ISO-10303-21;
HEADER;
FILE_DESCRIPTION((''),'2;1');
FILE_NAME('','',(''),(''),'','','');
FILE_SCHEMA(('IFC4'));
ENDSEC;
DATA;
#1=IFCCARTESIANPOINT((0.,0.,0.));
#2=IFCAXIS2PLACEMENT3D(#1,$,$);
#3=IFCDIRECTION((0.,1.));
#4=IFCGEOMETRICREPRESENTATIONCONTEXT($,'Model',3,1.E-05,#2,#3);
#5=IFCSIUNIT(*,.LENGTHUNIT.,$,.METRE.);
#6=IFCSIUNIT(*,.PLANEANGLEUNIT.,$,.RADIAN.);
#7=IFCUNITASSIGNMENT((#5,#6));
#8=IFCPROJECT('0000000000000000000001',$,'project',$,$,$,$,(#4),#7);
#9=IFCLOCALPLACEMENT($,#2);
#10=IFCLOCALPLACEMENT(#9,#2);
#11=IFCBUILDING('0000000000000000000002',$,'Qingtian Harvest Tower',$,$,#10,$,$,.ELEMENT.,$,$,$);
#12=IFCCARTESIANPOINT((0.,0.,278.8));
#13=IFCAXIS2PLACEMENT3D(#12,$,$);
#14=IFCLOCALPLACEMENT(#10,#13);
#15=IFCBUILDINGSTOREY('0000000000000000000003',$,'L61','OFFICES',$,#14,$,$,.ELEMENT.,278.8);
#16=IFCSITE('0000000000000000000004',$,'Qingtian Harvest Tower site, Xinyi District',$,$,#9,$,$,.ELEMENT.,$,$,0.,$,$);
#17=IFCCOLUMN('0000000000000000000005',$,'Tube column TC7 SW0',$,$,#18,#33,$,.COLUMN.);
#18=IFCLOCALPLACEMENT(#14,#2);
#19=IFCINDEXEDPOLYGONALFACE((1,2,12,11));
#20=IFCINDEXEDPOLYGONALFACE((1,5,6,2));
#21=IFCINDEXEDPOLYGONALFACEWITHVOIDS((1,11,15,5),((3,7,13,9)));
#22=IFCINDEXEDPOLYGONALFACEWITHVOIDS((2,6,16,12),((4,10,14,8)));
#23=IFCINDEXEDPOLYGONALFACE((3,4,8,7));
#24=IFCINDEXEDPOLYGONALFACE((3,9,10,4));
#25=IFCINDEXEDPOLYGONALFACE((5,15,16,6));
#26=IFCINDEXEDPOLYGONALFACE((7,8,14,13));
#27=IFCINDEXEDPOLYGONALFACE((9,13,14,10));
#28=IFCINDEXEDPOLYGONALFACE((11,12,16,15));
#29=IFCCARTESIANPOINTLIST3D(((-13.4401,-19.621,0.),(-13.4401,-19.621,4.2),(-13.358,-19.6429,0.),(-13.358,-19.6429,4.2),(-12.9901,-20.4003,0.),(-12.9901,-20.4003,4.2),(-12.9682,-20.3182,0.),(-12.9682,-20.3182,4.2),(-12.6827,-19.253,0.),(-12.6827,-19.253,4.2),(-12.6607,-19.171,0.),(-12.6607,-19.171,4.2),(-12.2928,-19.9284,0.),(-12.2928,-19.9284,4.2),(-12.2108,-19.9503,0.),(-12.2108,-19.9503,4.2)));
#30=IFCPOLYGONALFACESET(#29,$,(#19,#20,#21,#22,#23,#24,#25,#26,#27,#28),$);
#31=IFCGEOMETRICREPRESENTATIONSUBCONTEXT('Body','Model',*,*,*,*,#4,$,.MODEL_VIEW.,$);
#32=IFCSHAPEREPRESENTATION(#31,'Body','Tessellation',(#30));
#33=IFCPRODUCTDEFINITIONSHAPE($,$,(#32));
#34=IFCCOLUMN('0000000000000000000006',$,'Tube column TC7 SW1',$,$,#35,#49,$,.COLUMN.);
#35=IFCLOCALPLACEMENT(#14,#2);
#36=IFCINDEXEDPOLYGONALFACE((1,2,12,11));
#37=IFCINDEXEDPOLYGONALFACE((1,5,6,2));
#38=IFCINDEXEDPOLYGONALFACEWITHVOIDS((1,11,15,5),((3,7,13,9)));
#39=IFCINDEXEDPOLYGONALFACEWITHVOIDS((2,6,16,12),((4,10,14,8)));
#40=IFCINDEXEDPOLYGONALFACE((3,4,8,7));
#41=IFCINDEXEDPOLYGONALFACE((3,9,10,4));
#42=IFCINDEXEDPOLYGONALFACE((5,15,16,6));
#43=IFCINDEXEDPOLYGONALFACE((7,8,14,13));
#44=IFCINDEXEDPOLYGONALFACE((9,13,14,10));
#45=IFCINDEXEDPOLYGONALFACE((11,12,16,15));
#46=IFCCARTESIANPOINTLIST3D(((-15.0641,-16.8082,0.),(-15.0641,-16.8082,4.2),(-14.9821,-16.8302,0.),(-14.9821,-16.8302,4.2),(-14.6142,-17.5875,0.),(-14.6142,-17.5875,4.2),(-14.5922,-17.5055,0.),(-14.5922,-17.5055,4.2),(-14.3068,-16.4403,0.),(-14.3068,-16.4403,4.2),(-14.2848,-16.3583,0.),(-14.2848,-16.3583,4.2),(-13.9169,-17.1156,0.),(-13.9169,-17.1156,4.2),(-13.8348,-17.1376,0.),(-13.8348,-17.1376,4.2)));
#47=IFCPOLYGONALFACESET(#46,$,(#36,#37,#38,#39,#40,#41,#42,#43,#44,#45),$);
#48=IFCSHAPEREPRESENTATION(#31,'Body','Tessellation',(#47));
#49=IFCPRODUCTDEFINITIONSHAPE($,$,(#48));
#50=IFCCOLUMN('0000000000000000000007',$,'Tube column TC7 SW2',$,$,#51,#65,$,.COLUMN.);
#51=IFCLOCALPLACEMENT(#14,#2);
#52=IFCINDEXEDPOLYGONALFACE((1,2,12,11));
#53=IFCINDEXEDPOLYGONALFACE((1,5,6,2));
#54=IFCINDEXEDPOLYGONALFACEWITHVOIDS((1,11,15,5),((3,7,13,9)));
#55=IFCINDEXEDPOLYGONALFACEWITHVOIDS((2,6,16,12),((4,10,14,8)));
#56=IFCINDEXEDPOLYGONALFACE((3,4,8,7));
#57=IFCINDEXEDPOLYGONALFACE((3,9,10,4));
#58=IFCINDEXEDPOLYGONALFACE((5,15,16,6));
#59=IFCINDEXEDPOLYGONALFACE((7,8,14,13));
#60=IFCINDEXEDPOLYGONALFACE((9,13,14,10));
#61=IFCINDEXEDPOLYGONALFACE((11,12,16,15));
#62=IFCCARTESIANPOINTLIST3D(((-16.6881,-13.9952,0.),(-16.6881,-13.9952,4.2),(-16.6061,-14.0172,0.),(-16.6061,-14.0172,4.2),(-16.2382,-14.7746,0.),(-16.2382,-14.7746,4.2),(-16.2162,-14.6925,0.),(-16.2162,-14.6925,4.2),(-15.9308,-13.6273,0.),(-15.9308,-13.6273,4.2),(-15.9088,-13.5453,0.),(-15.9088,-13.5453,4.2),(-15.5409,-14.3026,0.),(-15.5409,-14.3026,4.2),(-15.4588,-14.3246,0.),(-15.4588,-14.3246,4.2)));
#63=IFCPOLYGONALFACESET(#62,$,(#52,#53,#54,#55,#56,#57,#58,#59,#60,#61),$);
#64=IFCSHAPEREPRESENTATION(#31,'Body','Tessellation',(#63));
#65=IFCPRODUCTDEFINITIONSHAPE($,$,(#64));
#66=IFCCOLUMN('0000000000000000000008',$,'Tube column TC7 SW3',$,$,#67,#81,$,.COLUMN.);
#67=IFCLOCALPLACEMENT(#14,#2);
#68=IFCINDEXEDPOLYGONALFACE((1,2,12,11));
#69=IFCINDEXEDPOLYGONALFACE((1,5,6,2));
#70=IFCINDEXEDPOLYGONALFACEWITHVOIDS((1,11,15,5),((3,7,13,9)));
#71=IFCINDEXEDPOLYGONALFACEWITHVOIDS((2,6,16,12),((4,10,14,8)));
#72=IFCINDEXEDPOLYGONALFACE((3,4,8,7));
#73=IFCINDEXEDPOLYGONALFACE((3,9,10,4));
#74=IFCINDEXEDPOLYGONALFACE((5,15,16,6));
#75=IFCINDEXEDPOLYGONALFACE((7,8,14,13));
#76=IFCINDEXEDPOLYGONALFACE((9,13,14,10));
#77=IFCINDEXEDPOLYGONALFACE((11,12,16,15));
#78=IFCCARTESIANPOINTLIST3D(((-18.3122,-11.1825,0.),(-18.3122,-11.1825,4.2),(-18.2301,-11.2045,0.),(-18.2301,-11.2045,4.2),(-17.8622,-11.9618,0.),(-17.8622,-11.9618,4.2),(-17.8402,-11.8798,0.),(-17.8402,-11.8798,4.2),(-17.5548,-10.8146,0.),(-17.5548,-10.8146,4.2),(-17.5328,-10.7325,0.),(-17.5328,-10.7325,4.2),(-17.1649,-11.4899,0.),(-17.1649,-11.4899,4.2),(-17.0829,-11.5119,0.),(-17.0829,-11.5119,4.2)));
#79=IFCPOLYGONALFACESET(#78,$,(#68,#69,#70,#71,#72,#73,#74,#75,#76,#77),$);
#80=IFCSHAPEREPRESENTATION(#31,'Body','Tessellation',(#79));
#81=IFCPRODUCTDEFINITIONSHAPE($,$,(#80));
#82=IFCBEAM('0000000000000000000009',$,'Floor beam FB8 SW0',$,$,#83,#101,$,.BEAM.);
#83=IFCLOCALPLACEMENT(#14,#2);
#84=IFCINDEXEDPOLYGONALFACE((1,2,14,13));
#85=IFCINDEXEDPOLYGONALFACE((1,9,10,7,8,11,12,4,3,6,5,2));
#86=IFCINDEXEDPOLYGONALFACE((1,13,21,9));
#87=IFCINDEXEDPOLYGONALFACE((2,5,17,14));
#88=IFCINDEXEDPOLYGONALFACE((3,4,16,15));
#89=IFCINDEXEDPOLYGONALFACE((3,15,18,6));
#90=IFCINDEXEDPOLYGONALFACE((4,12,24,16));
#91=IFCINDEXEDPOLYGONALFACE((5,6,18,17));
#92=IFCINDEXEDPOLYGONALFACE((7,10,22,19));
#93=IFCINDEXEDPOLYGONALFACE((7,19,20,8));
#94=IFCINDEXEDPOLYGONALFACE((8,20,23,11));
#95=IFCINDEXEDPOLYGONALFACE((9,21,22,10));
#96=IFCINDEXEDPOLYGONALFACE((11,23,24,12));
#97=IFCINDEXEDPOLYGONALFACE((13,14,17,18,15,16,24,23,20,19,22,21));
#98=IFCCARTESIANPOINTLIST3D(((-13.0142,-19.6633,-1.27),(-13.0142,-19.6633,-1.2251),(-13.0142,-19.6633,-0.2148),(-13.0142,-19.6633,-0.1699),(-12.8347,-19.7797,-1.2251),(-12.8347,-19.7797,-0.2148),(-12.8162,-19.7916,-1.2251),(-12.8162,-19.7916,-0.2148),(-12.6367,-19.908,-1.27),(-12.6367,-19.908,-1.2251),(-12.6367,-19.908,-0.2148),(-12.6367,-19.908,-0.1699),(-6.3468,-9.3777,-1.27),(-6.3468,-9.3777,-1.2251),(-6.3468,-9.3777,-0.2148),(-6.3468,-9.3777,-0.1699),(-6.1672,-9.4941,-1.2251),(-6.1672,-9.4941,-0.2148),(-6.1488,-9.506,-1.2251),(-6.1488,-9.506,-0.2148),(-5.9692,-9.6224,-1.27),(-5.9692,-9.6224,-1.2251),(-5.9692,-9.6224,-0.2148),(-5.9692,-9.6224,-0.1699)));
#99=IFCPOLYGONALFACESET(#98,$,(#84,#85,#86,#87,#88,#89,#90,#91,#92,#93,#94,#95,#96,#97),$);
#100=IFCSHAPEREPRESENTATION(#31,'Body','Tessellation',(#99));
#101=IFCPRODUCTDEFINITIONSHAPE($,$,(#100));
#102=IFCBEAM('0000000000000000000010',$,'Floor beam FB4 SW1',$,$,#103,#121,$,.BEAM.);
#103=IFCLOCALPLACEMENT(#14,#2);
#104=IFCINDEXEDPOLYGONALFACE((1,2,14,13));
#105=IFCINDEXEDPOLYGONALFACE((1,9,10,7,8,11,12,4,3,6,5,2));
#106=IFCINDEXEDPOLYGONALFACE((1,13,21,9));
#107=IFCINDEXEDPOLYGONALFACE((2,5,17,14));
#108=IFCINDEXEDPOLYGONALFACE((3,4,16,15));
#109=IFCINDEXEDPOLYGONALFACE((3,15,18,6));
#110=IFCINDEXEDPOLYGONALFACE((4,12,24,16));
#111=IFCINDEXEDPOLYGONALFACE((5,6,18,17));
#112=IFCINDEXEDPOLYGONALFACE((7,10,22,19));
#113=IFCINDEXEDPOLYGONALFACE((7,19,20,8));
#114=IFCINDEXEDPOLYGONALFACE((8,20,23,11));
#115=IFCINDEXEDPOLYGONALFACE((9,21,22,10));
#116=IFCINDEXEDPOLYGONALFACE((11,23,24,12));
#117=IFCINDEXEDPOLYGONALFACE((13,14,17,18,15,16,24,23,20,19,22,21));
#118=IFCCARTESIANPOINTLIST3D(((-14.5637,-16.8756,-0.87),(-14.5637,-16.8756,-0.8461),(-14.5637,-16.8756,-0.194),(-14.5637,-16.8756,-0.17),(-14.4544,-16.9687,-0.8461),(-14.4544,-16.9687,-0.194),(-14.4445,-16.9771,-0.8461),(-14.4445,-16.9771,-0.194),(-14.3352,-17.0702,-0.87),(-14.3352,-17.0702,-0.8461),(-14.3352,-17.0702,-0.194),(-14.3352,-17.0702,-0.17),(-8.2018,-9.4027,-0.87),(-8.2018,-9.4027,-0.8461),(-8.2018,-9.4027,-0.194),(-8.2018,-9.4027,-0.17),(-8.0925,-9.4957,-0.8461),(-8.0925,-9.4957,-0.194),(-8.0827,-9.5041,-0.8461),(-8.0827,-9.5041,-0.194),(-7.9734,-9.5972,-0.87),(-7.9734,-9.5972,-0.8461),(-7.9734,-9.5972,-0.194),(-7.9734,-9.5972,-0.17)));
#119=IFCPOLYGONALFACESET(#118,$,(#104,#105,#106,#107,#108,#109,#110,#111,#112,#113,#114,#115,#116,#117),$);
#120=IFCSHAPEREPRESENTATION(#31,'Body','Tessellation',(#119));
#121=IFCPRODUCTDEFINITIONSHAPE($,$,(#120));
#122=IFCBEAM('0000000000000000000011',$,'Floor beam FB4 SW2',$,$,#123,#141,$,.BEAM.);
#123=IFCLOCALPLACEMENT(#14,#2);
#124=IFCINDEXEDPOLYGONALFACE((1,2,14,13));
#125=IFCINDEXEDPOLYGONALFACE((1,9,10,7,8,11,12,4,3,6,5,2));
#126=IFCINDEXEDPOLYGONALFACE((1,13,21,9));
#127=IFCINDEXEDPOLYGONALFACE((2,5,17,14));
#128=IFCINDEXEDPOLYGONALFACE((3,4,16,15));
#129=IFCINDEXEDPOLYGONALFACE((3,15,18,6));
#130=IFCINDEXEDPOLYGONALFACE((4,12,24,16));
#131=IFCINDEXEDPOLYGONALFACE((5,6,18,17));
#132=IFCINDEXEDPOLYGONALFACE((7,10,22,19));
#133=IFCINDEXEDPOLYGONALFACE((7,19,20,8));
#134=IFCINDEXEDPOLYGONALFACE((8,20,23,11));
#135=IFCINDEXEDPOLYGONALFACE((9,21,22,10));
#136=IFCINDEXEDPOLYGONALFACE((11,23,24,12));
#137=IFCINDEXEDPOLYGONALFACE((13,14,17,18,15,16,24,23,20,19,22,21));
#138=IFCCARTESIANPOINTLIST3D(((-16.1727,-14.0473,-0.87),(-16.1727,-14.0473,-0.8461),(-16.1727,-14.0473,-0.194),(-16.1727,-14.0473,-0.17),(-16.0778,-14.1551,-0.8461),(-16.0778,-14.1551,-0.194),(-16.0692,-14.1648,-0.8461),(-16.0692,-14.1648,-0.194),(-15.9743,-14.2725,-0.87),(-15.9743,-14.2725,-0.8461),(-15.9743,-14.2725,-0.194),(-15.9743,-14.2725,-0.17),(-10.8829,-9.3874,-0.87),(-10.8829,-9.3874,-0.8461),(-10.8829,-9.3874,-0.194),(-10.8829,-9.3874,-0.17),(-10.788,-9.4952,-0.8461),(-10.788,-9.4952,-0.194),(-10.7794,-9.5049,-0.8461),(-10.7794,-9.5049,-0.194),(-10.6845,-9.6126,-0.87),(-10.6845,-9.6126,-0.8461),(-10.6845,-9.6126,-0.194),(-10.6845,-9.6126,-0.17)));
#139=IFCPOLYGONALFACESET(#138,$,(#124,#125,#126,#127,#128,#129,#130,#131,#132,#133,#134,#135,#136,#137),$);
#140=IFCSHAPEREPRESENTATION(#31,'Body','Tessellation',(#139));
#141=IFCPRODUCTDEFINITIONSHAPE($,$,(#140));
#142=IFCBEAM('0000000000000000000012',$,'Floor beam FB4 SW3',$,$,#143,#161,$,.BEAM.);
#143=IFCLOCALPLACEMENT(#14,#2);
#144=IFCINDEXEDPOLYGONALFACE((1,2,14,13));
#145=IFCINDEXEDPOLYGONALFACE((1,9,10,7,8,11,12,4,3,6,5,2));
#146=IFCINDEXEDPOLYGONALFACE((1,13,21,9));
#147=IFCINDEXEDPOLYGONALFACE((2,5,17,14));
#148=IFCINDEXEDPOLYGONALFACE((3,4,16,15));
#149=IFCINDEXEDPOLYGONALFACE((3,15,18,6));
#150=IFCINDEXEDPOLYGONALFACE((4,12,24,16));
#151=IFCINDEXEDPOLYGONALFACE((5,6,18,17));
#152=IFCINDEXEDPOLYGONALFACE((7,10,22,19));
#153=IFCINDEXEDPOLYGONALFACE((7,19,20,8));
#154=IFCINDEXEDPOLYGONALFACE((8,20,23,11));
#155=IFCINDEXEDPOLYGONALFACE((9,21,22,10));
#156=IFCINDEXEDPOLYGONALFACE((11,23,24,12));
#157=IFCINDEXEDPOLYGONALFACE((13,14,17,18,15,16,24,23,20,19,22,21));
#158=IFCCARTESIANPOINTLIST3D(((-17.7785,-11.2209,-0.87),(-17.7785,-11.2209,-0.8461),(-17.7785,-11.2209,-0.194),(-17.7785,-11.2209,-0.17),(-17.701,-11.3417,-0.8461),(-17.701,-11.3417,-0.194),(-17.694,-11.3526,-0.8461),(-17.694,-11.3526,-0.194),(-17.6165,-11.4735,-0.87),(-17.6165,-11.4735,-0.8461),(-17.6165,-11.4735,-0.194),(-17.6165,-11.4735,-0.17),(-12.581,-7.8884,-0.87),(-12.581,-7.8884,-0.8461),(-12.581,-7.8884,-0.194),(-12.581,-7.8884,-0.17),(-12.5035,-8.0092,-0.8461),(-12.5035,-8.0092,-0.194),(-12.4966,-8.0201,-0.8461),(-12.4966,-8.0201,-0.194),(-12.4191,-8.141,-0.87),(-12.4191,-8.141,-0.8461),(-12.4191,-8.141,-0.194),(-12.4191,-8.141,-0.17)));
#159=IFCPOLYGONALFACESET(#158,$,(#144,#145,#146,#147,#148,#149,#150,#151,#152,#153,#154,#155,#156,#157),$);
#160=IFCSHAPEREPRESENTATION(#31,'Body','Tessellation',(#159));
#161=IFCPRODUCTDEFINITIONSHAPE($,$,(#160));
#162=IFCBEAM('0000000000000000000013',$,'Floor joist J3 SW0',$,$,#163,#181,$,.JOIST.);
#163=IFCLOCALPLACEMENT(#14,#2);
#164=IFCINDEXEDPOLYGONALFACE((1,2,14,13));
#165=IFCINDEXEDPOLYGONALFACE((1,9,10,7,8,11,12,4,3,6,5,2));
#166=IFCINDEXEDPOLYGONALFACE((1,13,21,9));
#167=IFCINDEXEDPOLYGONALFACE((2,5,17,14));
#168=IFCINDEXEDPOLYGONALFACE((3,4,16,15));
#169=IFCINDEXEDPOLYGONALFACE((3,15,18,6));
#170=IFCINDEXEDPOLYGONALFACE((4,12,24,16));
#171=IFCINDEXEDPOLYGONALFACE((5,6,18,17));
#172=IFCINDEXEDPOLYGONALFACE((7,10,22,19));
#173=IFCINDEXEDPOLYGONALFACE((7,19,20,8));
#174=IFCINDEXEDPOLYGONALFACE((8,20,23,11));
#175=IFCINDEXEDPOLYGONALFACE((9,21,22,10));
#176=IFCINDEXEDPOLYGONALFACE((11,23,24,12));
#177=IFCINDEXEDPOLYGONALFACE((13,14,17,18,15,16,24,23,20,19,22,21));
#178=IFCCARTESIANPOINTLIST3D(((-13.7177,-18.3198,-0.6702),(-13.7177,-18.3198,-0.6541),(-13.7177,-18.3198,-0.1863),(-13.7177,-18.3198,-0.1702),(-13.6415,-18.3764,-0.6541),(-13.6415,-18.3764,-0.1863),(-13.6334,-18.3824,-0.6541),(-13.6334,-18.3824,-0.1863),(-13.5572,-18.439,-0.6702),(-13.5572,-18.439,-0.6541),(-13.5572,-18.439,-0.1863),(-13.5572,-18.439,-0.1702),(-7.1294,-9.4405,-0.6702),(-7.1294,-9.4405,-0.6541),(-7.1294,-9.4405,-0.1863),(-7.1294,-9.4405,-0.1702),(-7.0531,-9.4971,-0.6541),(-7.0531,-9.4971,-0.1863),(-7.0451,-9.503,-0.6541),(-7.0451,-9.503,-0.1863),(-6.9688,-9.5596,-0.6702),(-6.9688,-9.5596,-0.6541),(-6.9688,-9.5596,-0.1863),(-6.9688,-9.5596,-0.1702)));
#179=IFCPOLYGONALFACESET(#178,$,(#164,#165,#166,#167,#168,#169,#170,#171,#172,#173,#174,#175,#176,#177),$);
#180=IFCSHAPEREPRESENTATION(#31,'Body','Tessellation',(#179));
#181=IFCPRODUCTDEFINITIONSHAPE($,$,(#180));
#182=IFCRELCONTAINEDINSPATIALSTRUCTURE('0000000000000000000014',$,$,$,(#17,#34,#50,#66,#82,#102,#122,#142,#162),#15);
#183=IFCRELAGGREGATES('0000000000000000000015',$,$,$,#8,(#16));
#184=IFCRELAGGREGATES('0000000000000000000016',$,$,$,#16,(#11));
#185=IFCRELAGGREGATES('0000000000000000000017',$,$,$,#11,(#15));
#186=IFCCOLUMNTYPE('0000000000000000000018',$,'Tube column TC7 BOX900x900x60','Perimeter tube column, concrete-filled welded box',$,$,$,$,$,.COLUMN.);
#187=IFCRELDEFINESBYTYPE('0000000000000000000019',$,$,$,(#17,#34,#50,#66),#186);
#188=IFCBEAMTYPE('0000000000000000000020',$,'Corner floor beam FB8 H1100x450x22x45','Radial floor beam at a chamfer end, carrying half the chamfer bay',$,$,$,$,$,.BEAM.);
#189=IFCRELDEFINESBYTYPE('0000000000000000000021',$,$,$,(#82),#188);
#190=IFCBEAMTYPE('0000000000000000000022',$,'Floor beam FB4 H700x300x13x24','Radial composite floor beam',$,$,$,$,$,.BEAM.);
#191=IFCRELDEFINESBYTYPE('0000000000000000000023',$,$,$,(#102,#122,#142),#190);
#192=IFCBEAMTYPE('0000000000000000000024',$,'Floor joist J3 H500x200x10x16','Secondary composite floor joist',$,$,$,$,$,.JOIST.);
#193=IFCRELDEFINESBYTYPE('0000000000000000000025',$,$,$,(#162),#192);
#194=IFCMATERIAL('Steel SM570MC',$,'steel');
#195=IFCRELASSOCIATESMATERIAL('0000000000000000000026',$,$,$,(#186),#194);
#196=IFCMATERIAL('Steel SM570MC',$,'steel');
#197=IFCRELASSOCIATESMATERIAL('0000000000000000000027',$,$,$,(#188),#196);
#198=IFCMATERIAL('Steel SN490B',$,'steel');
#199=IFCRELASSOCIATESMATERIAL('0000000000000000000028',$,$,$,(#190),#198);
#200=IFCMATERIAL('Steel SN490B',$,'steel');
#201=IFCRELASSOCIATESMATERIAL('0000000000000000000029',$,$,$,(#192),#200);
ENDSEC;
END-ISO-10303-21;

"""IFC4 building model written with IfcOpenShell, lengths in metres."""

from ifc_helpers import new_model, si_unit, direction, frame, origin, origin_2d, place, context, subcontext, project, spatial, hollow_rectangle, i_section, extrude, material, material_profile, profile_set, type_object, element, save


model = new_model("IFC4")

# Units and contexts
model_context = context("Model", 3, precision=1e-05, world=origin(), true_north=direction((0.0, 1.0)))
body_context = subcontext(model_context, "Body", "Model", "MODEL_VIEW")
ifc_project = project(units=[si_unit("LENGTHUNIT", "METRE"), si_unit("PLANEANGLEUNIT", "RADIAN")], contexts=[model_context])

# Site, building, storey
site_placement = place(None, origin())
site = spatial("IfcSite", under=ifc_project, at=site_placement, Name="Qingtian Harvest Tower site, Xinyi District", CompositionType="ELEMENT", RefElevation=0.0)
building_placement = place(site_placement, origin())
building = spatial("IfcBuilding", under=site, at=building_placement, Name="Qingtian Harvest Tower", CompositionType="ELEMENT")
storey_placement = place(building_placement, frame((0.0, 0.0, 278.8)))
storey = spatial("IfcBuildingStorey", under=building, at=storey_placement, Name="L61", Description="OFFICES", CompositionType="ELEMENT", Elevation=278.8)

# Columns
ifc_material_1 = material(Name="Steel SM570MC", Category="steel")
ifc_material_profile_1 = material_profile(ifc_material_1, hollow_rectangle(XDim=0.8999, YDim=0.8999, WallThickness=0.0601, at=origin_2d()), Name="BOX900x900x60")
ifc_profile_set_1 = profile_set([ifc_material_profile_1], Name="Steel SM570MC")
column_type = type_object("IfcColumnType", Name="Tube column TC7 BOX900x900x60", Description="Perimeter tube column, concrete-filled welded box", PredefinedType="COLUMN", material=ifc_profile_set_1)
for number, where, z_axis, x_axis, name in (
    (1, (-12.8254, -19.7856, 0.0), (0.0, 0.0, 1.0), (0.5, -0.866025, 0.0), "Tube column TC7 SW0"),
    (2, (-14.4495, -16.9729, 0.0), (0.0, 0.0, 1.0), (0.5, -0.866025, 0.0), "Tube column TC7 SW1"),
    (3, (-16.0735, -14.1599, 0.0), (0.0, 0.0, 1.0), (0.5, -0.866025, 0.0), "Tube column TC7 SW2"),
    (4, (-17.6975, -11.3472, 0.0), (0.0, 0.0, 1.0), (0.5, -0.866025, 0.0), "Tube column TC7 SW3"),
):
    element("IfcColumn", number, at=place(storey_placement, frame(where, z_axis=z_axis, x_axis=x_axis)), inside=storey, type_object=column_type, Name=name, PredefinedType="COLUMN", context=body_context, shape_type="SweptSolid", body=[
        extrude(hollow_rectangle(XDim=0.8999, YDim=0.8999, WallThickness=0.0601, at=origin_2d()), origin(), (0.0, 0.0, 1.0), 4.2),
    ])

# Beams
ifc_material_2 = material(Name="Steel SM570MC", Category="steel")
ifc_material_profile_2 = material_profile(ifc_material_2, i_section(OverallWidth=0.45, OverallDepth=1.1001, WebThickness=0.022, FlangeThickness=0.0449, at=origin_2d()), Name="H1100x450x22x45")
ifc_profile_set_2 = profile_set([ifc_material_profile_2], Name="Steel SM570MC")
beam_type_1 = type_object("IfcBeamType", Name="Corner floor beam FB8 H1100x450x22x45", Description="Radial floor beam at a chamfer end, carrying half the chamfer bay", PredefinedType="BEAM", material=ifc_profile_set_2)
beam_1_placement = place(storey_placement, frame((-12.8254, -19.7856, -0.72), z_axis=(0.543945, 0.839121, 0.0), x_axis=(-0.839121, 0.543945, 0.0)))
element("IfcBeam", 5, at=beam_1_placement, inside=storey, type_object=beam_type_1, Name="Floor beam FB8 SW0", PredefinedType="BEAM", context=body_context, shape_type="SweptSolid", body=[
    extrude(i_section(OverallWidth=0.45, OverallDepth=1.1001, WebThickness=0.022, FlangeThickness=0.0449, at=origin_2d()), origin(), (0.0, 0.0, 1.0), 12.2576),
])
ifc_material_3 = material(Name="Steel SN490B", Category="steel")
ifc_material_profile_3 = material_profile(ifc_material_3, i_section(OverallWidth=0.3, OverallDepth=0.7, WebThickness=0.0129, FlangeThickness=0.0239, at=origin_2d()), Name="H700x300x13x24")
ifc_profile_set_3 = profile_set([ifc_material_profile_3], Name="Steel SN490B")
beam_type_2 = type_object("IfcBeamType", Name="Floor beam FB4 H700x300x13x24", Description="Radial composite floor beam", PredefinedType="BEAM", material=ifc_profile_set_3)
beam_2_placement = place(storey_placement, frame((-14.4495, -16.9729, -0.52), z_axis=(0.648231, 0.761444, 0.0), x_axis=(-0.761444, 0.648231, 0.0)))
element("IfcBeam", 6, at=beam_2_placement, inside=storey, type_object=beam_type_2, Name="Floor beam FB4 SW1", PredefinedType="BEAM", context=body_context, shape_type="SweptSolid", body=[
    extrude(i_section(OverallWidth=0.3, OverallDepth=0.7, WebThickness=0.0129, FlangeThickness=0.0239, at=origin_2d()), origin(), (0.0, 0.0, 1.0), 9.8142),
])
beam_3_placement = place(storey_placement, frame((-16.0735, -14.1599, -0.52), z_axis=(0.750369, 0.661019, 0.0), x_axis=(-0.661019, 0.750369, 0.0)))
element("IfcBeam", 7, at=beam_3_placement, inside=storey, type_object=beam_type_2, Name="Floor beam FB4 SW2", PredefinedType="BEAM", context=body_context, shape_type="SweptSolid", body=[
    extrude(i_section(OverallWidth=0.3, OverallDepth=0.7, WebThickness=0.0129, FlangeThickness=0.0239, at=origin_2d()), origin(), (0.0, 0.0, 1.0), 7.0496),
])
beam_4_placement = place(storey_placement, frame((-17.6975, -11.3472, -0.52), z_axis=(0.841822, 0.539756, 0.0), x_axis=(-0.539756, 0.841822, 0.0)))
element("IfcBeam", 8, at=beam_4_placement, inside=storey, type_object=beam_type_2, Name="Floor beam FB4 SW3", PredefinedType="BEAM", context=body_context, shape_type="SweptSolid", body=[
    extrude(i_section(OverallWidth=0.3, OverallDepth=0.7, WebThickness=0.0129, FlangeThickness=0.0239, at=origin_2d()), origin(), (0.0, 0.0, 1.0), 6.1741),
])
ifc_material_4 = material(Name="Steel SN490B", Category="steel")
ifc_material_profile_4 = material_profile(ifc_material_4, i_section(OverallWidth=0.2, OverallDepth=0.5, WebThickness=0.01, FlangeThickness=0.0161, at=origin_2d()), Name="H500x200x10x16")
ifc_profile_set_4 = profile_set([ifc_material_profile_4], Name="Steel SN490B")
beam_type_3 = type_object("IfcBeamType", Name="Floor joist J3 H500x200x10x16", Description="Secondary composite floor joist", PredefinedType="JOIST", material=ifc_profile_set_4)
beam_5_placement = place(storey_placement, frame((-13.6375, -18.3794, -0.4202), z_axis=(0.595873, 0.803079, 0.0), x_axis=(-0.803079, 0.595873, 0.0)))
element("IfcBeam", 9, at=beam_5_placement, inside=storey, type_object=beam_type_3, Name="Floor joist J3 SW0", PredefinedType="JOIST", context=body_context, shape_type="SweptSolid", body=[
    extrude(i_section(OverallWidth=0.2, OverallDepth=0.5, WebThickness=0.01, FlangeThickness=0.0161, at=origin_2d()), origin(), (0.0, 0.0, 1.0), 11.0566),
])

save(model, "model.ifc")
